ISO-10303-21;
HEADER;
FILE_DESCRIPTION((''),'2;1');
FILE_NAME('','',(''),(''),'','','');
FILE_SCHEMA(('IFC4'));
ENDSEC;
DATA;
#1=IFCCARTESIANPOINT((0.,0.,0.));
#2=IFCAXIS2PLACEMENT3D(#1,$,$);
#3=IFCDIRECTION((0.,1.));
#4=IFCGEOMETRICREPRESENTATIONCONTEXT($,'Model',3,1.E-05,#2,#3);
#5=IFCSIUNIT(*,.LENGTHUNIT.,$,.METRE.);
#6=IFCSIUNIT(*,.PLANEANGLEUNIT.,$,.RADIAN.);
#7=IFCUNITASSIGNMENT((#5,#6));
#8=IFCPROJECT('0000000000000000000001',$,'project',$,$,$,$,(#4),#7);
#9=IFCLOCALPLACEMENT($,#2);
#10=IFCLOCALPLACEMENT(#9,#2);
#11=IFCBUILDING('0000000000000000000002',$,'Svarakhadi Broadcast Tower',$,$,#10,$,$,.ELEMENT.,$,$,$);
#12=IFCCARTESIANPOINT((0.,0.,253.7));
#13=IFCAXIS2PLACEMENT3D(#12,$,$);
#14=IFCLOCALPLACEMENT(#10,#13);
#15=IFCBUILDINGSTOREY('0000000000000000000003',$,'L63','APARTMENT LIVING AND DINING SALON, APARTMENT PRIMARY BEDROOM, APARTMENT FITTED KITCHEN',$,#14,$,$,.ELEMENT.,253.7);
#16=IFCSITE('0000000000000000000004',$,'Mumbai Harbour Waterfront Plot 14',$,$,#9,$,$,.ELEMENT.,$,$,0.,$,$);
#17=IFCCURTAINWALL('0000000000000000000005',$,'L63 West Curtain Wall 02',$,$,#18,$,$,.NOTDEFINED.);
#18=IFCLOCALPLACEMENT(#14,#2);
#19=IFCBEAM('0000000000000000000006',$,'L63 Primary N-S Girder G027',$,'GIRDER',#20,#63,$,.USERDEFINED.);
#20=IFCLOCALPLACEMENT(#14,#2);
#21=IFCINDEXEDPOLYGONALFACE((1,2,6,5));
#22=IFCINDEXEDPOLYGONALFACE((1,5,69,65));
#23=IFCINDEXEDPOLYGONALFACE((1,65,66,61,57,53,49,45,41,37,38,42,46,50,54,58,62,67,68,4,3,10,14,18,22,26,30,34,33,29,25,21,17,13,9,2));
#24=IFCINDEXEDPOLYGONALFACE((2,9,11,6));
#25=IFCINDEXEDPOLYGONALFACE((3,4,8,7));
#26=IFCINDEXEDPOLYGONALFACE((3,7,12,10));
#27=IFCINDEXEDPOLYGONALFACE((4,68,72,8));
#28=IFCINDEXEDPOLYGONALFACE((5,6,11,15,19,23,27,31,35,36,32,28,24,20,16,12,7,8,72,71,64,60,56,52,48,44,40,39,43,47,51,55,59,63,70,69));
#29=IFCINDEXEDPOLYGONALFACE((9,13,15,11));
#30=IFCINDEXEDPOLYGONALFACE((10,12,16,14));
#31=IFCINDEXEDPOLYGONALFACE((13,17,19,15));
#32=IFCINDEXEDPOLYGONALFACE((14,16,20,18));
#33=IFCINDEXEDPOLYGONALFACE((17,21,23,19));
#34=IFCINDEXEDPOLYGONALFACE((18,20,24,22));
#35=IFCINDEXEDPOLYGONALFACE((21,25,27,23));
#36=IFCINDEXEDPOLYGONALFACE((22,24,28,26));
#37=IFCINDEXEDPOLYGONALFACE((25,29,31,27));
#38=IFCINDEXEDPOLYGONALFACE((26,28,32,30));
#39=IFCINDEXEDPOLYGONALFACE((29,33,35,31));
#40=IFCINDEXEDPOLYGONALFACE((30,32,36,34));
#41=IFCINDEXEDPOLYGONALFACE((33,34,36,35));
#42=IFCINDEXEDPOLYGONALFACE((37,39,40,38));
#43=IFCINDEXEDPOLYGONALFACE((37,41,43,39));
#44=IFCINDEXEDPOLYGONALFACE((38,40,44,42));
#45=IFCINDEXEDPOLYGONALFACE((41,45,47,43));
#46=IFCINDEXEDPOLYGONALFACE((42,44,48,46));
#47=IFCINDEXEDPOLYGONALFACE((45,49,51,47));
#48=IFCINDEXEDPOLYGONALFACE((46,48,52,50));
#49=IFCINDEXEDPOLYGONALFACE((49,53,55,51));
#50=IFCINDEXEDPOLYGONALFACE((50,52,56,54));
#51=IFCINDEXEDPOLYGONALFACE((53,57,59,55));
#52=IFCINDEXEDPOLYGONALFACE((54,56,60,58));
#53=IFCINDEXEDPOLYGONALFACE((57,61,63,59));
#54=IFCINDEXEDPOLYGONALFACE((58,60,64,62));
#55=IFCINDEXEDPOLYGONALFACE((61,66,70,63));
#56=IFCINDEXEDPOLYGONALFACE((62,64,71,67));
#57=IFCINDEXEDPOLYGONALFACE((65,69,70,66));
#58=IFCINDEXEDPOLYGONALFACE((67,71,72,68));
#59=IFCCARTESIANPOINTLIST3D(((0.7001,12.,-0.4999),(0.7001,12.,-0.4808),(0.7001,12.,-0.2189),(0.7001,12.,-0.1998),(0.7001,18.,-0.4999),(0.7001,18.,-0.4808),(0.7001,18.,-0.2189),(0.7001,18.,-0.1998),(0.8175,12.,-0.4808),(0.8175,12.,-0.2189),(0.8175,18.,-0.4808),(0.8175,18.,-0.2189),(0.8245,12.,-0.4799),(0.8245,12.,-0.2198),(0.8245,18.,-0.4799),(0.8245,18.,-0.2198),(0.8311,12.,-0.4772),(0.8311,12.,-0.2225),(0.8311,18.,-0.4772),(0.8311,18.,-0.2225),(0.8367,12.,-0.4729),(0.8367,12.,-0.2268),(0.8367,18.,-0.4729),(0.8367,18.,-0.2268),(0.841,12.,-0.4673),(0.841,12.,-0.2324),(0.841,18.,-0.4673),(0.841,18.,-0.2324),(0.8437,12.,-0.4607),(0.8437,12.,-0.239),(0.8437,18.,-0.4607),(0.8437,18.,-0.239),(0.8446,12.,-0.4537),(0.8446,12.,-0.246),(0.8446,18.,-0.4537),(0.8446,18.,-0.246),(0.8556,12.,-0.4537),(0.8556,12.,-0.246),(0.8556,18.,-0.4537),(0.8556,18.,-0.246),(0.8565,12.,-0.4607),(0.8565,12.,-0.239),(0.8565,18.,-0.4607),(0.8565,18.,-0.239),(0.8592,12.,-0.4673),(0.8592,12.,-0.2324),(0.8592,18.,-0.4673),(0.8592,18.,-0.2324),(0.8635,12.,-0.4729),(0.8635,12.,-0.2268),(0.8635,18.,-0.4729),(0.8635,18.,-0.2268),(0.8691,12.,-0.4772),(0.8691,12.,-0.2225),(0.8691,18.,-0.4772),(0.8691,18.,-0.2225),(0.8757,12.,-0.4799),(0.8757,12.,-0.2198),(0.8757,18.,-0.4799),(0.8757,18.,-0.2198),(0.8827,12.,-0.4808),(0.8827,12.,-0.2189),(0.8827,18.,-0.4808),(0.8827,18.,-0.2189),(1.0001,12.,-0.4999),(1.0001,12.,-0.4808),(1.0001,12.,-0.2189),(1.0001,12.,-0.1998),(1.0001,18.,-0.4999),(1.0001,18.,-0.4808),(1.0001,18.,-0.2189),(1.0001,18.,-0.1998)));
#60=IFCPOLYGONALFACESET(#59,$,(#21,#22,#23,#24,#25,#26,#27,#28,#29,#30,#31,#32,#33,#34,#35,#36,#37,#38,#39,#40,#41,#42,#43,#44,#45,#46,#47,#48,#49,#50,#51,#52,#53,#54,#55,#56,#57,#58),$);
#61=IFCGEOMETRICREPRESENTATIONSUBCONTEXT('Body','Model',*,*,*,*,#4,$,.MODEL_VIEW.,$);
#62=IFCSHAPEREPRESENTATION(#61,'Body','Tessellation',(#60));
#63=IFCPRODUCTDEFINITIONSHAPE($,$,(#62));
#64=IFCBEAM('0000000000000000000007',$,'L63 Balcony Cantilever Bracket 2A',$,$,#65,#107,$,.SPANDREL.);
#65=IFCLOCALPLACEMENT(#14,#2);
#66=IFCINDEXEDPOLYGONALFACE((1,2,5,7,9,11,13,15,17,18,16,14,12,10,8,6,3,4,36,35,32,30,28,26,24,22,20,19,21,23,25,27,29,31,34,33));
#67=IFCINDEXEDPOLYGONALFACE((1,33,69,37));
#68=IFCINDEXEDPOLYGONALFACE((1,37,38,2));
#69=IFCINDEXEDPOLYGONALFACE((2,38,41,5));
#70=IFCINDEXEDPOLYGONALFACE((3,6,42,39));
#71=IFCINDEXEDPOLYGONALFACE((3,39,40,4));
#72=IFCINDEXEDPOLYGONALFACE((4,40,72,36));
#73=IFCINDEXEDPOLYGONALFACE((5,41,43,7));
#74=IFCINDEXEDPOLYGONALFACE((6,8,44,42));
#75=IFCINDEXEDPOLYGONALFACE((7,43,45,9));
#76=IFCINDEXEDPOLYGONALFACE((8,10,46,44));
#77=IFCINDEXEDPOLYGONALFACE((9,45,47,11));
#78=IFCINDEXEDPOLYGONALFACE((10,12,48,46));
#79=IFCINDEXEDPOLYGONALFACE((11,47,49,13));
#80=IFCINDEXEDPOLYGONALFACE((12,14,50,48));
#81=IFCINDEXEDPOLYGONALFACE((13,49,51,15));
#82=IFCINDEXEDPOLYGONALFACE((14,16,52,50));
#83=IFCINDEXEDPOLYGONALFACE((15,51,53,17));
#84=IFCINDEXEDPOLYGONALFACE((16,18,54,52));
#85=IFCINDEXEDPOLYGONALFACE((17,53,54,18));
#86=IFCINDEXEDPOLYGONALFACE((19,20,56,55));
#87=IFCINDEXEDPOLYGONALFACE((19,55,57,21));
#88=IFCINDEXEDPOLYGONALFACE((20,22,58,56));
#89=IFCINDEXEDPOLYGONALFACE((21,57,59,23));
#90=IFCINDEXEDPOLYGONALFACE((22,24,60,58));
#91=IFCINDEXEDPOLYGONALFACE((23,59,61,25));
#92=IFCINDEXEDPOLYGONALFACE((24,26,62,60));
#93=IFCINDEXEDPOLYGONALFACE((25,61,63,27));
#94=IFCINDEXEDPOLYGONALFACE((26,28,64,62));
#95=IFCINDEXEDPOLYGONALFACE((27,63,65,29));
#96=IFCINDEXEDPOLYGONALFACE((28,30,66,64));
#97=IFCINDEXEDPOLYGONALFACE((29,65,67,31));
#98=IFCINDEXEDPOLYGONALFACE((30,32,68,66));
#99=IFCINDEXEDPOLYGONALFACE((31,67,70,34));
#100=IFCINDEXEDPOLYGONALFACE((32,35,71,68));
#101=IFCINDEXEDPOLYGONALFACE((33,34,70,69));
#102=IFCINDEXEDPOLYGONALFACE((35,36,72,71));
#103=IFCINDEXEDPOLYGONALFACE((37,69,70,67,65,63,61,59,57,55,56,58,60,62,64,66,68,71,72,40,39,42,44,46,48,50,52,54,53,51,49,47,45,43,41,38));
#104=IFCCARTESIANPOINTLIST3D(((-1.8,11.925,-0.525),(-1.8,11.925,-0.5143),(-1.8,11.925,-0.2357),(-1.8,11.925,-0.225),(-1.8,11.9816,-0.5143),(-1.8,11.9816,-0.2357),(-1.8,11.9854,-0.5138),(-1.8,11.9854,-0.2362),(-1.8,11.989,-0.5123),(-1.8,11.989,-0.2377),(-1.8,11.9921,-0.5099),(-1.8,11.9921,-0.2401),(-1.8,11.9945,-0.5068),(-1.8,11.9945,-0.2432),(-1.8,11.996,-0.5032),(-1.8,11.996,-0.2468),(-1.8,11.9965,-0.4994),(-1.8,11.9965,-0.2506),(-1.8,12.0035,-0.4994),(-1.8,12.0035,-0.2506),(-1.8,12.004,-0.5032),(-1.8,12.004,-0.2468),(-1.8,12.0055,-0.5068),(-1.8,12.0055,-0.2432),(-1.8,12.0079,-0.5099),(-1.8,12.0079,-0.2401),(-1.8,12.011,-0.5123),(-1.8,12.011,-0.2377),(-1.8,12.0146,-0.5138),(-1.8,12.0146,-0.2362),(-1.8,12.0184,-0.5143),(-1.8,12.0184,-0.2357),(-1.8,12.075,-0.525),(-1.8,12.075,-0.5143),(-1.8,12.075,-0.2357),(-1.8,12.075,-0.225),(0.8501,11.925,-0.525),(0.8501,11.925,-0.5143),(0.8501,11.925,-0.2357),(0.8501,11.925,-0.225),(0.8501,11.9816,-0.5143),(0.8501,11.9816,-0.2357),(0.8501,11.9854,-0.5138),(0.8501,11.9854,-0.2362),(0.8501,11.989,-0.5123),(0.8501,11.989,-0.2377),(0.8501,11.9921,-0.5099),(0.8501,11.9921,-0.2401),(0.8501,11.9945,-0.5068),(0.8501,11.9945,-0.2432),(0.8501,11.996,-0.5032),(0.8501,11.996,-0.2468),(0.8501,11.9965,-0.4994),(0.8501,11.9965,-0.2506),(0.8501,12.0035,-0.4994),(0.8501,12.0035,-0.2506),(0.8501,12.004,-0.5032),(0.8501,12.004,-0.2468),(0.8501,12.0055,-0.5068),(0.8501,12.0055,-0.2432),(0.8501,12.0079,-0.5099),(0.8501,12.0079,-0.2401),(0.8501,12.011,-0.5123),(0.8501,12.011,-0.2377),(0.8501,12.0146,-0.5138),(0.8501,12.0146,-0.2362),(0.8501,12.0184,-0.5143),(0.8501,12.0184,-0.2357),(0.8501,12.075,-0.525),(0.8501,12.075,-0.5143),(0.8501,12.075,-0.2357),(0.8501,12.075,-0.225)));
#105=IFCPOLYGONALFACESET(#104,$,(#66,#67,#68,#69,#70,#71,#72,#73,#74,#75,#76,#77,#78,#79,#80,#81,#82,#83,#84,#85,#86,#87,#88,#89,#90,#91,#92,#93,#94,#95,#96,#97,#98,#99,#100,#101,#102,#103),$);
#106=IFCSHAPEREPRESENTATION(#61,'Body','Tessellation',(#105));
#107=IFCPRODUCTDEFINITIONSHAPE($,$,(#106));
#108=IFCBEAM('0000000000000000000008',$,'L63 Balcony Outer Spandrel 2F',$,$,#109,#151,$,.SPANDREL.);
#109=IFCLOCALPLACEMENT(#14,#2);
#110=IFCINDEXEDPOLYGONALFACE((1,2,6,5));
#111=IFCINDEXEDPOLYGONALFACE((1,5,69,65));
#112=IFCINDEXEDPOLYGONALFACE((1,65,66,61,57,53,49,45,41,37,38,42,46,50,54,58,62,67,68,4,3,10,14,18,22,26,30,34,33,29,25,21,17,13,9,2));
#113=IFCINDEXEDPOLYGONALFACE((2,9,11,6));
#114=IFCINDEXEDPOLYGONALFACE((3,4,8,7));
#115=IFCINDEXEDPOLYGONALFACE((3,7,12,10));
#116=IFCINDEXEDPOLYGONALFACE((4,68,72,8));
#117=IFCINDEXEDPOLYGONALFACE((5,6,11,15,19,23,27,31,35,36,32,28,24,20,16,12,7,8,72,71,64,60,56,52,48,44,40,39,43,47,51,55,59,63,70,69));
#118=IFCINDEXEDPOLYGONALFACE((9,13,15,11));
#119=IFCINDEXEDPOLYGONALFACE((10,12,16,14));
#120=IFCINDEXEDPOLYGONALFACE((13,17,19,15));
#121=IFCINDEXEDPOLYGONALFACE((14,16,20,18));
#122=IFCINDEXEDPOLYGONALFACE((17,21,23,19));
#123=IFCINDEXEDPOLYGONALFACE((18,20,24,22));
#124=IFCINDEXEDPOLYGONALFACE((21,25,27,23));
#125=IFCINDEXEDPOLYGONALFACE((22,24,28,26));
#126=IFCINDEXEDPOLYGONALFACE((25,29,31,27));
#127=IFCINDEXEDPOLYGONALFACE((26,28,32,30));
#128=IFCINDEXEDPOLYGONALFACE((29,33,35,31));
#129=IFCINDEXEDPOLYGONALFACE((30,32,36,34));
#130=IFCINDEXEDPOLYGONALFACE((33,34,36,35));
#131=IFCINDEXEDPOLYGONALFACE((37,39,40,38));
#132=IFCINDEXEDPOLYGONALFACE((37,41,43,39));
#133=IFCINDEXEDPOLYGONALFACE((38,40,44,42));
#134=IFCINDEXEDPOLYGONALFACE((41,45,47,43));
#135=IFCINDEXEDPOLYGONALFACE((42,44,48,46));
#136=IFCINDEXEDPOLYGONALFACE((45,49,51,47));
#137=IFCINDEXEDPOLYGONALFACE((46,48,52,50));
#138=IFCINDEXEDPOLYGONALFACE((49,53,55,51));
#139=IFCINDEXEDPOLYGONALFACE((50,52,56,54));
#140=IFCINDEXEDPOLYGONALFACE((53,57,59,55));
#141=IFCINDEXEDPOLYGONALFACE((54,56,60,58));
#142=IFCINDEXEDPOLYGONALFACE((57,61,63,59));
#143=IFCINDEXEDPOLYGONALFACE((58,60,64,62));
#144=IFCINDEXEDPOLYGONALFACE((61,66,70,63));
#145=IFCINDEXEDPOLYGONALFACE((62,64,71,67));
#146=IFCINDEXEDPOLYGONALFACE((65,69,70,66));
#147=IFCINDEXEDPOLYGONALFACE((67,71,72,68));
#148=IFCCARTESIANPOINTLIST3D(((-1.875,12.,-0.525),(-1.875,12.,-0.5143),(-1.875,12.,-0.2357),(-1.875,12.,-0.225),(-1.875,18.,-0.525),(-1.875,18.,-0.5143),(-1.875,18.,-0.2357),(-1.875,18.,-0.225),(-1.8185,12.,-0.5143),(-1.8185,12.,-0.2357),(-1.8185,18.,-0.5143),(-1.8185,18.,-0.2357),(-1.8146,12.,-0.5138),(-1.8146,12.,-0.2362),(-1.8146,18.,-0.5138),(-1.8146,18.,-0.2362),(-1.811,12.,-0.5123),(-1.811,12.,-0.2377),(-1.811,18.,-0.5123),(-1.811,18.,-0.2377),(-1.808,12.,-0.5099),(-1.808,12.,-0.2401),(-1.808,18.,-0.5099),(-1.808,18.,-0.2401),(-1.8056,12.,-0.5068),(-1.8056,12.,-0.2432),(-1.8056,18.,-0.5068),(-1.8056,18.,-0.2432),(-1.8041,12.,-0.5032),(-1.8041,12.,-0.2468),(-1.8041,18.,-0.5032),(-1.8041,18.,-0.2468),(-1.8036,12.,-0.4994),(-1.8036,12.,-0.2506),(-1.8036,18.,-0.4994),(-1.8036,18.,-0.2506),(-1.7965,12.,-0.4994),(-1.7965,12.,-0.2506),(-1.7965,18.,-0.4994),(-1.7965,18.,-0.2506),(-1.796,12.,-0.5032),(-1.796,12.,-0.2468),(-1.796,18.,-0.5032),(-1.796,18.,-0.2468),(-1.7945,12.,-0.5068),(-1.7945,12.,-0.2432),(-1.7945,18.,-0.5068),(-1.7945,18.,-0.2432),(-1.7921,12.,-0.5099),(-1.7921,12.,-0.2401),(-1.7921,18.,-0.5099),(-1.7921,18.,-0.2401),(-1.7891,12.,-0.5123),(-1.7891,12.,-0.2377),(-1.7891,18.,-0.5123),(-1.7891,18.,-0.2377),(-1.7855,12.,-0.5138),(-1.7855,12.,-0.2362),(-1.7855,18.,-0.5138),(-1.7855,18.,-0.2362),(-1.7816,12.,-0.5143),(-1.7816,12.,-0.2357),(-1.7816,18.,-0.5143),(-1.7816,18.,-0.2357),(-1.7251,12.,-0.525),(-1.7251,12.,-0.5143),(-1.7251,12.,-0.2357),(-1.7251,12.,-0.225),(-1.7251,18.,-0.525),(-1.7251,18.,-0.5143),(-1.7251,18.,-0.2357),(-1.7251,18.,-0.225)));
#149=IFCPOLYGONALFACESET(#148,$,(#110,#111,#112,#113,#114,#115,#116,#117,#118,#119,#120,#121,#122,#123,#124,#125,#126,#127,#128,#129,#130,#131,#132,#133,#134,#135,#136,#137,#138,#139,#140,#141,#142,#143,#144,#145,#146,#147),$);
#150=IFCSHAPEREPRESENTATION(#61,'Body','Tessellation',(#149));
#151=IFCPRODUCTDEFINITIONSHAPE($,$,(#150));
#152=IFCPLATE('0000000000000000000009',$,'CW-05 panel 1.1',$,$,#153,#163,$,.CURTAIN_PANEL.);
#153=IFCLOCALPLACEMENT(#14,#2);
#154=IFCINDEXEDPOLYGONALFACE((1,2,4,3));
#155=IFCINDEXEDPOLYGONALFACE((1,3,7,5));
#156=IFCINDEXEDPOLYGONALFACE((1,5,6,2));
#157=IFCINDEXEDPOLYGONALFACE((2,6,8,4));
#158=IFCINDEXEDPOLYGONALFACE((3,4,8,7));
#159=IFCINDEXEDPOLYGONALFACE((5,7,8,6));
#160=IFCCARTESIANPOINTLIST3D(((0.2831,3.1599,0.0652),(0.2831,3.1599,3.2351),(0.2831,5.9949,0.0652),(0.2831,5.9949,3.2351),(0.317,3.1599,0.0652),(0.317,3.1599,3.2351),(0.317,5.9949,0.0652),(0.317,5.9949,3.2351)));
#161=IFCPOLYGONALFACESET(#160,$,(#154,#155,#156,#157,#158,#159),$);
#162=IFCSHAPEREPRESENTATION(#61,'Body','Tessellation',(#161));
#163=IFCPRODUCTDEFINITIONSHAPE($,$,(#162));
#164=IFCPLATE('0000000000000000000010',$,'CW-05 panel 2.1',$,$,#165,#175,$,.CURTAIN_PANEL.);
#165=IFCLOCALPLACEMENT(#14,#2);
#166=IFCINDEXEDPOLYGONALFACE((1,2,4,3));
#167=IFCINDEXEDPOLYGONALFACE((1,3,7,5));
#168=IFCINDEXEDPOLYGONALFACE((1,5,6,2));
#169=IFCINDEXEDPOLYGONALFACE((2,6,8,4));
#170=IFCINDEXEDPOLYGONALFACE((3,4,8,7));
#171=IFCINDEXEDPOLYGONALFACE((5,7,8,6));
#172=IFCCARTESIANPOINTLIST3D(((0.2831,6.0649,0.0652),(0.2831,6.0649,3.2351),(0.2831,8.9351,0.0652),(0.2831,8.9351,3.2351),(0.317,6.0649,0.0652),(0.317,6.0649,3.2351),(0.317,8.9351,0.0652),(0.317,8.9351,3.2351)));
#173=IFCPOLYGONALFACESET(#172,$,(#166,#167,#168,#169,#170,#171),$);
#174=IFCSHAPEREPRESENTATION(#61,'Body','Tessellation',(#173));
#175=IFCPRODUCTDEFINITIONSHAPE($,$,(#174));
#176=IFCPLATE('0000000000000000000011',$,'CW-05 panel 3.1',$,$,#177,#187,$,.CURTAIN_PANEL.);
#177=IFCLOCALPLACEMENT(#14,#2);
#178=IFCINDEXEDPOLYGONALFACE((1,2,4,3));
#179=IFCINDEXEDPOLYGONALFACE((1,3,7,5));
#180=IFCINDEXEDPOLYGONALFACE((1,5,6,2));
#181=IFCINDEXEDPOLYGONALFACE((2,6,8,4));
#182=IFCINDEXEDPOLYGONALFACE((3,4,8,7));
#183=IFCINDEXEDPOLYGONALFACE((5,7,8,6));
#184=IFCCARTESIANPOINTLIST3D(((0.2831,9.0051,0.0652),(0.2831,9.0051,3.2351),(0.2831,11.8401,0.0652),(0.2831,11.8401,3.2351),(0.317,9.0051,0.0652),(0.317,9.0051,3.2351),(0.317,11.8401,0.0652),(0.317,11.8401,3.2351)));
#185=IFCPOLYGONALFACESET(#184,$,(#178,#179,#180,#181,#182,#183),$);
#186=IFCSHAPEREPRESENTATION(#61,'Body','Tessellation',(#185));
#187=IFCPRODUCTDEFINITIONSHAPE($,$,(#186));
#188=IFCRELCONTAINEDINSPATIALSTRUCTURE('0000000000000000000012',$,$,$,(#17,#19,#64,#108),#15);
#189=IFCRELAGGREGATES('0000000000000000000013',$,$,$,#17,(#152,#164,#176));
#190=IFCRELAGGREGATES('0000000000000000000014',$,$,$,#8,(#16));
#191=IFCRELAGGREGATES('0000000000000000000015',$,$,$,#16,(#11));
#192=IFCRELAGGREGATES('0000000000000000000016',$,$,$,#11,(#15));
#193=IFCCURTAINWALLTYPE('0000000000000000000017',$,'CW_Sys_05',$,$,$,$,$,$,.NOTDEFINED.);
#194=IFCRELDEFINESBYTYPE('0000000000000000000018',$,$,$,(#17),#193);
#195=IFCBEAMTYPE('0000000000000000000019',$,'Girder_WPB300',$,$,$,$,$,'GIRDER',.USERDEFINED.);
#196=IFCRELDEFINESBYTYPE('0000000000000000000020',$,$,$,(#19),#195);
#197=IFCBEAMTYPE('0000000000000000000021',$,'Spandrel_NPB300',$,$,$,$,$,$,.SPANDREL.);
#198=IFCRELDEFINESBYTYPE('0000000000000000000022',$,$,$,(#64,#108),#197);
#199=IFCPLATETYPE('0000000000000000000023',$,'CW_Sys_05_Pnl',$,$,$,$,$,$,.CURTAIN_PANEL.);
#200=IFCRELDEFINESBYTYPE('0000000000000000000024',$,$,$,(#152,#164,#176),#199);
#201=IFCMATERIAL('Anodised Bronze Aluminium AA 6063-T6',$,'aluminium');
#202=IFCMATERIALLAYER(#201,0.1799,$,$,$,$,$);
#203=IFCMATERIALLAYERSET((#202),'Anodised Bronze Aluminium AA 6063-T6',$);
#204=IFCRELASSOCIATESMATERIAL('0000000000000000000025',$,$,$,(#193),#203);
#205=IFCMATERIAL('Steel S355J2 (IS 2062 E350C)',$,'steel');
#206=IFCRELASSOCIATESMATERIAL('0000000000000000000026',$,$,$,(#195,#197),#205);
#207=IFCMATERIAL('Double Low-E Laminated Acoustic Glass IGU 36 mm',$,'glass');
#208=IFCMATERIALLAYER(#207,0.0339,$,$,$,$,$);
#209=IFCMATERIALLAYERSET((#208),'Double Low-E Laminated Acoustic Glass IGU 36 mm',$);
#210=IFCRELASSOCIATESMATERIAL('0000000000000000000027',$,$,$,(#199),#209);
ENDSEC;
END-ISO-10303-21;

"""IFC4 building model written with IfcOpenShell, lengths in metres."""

from ifc_helpers import new_model, si_unit, direction, frame, origin, origin_2d, place, context, subcontext, project, spatial, rectangle, i_section, extrude, material, layer, layer_set, material_profile, profile_set, type_object, element, aggregate, save


model = new_model("IFC4")

# Units and contexts
model_context = context("Model", 3, precision=1e-05, world=origin(), true_north=direction((0.0, 1.0)))
body_context = subcontext(model_context, "Body", "Model", "MODEL_VIEW")
ifc_project = project(units=[si_unit("LENGTHUNIT", "METRE"), si_unit("PLANEANGLEUNIT", "RADIAN")], contexts=[model_context])

# Site, building, storey
site_placement = place(None, origin())
site = spatial("IfcSite", under=ifc_project, at=site_placement, Name="Mumbai Harbour Waterfront Plot 14", CompositionType="ELEMENT", RefElevation=0.0)
building_placement = place(site_placement, origin())
building = spatial("IfcBuilding", under=site, at=building_placement, Name="Svarakhadi Broadcast Tower", CompositionType="ELEMENT")
storey_placement = place(building_placement, frame((0.0, 0.0, 253.7)))
storey = spatial("IfcBuildingStorey", under=building, at=storey_placement, Name="L63", Description="APARTMENT LIVING AND DINING SALON, APARTMENT PRIMARY BEDROOM, APARTMENT FITTED KITCHEN", CompositionType="ELEMENT", Elevation=253.7)

# Shared definitions
ifc_material_1 = material(Name="Steel S355J2 (IS 2062 E350C)", Category="steel")

# Curtain wall
ifc_material_2 = material(Name="Anodised Bronze Aluminium AA 6063-T6", Category="aluminium")
ifc_layer_1 = layer(ifc_material_2, 0.1799)
ifc_layer_set_1 = layer_set([ifc_layer_1], Name="Anodised Bronze Aluminium AA 6063-T6")
curtain_wall_type = type_object("IfcCurtainWallType", Name="CW_Sys_05", PredefinedType="NOTDEFINED", material=ifc_layer_set_1)
curtain_wall_placement = place(storey_placement, origin())
curtain_wall = element("IfcCurtainWall", 1, at=curtain_wall_placement, inside=storey, type_object=curtain_wall_type, Name="L63 West Curtain Wall 02", PredefinedType="NOTDEFINED")

# Beams
ifc_material_profile_1 = material_profile(ifc_material_1, i_section(OverallWidth=0.3, OverallDepth=0.3, WebThickness=0.011, FlangeThickness=0.019, FilletRadius=0.0271, at=origin_2d()), Name="WPB 300x300x117")
ifc_profile_set_1 = profile_set([ifc_material_profile_1], Name="Steel S355J2 (IS 2062 E350C)")
beam_type_1 = type_object("IfcBeamType", Name="Girder_WPB300", ElementType="GIRDER", PredefinedType="USERDEFINED", material=ifc_profile_set_1)
for number, where, z_axis, x_axis, name in (
    (2, (0.8501, 12.0, -0.3499), (0.0, 1.0, 0.0), (-1.0, 0.0, 0.0), "L63 Primary N-S Girder G027"),
):
    element("IfcBeam", number, at=place(storey_placement, frame(where, z_axis=z_axis, x_axis=x_axis)), inside=storey, type_object=beam_type_1, Name=name, ObjectType="GIRDER", PredefinedType="USERDEFINED", context=body_context, shape_type="SweptSolid", body=[
        extrude(i_section(OverallWidth=0.3, OverallDepth=0.3, WebThickness=0.011, FlangeThickness=0.019, FilletRadius=0.0271, at=origin_2d()), origin(), (0.0, 0.0, 1.0), 6.0),
    ])
ifc_material_profile_2 = material_profile(ifc_material_1, i_section(OverallWidth=0.1499, OverallDepth=0.3, WebThickness=0.0071, FlangeThickness=0.0107, FilletRadius=0.0149, at=origin_2d()), Name="NPB 300x150x37")
ifc_profile_set_2 = profile_set([ifc_material_profile_2], Name="Steel S355J2 (IS 2062 E350C)")
beam_type_2 = type_object("IfcBeamType", Name="Spandrel_NPB300", PredefinedType="SPANDREL", material=ifc_profile_set_2)
beam_1_placement = place(storey_placement, frame((0.8501, 12.0, -0.375), z_axis=(-1.0, 0.0, 0.0), x_axis=(0.0, -1.0, 0.0)))
element("IfcBeam", 3, at=beam_1_placement, inside=storey, type_object=beam_type_2, Name="L63 Balcony Cantilever Bracket 2A", PredefinedType="SPANDREL", context=body_context, shape_type="SweptSolid", body=[
    extrude(i_section(OverallWidth=0.1499, OverallDepth=0.3, WebThickness=0.0071, FlangeThickness=0.0107, FilletRadius=0.0149, at=origin_2d()), origin(), (0.0, 0.0, 1.0), 2.6501),
])
beam_2_placement = place(storey_placement, frame((-1.8, 12.0, -0.375), z_axis=(0.0, 1.0, 0.0), x_axis=(-1.0, 0.0, 0.0)))
element("IfcBeam", 4, at=beam_2_placement, inside=storey, type_object=beam_type_2, Name="L63 Balcony Outer Spandrel 2F", PredefinedType="SPANDREL", context=body_context, shape_type="SweptSolid", body=[
    extrude(i_section(OverallWidth=0.1499, OverallDepth=0.3, WebThickness=0.0071, FlangeThickness=0.0107, FilletRadius=0.0149, at=origin_2d()), origin(), (0.0, 0.0, 1.0), 6.0),
])

# Plates
ifc_material_3 = material(Name="Double Low-E Laminated Acoustic Glass IGU 36 mm", Category="glass")
ifc_layer_2 = layer(ifc_material_3, 0.0339)
ifc_layer_set_2 = layer_set([ifc_layer_2], Name="Double Low-E Laminated Acoustic Glass IGU 36 mm")
plate_type = type_object("IfcPlateType", Name="CW_Sys_05_Pnl", PredefinedType="CURTAIN_PANEL", material=ifc_layer_set_2)
plate_1_placement = place(storey_placement, frame((0.3, 4.5774, 0.0652), z_axis=(0.0, 0.0, 1.0), x_axis=(0.0, 1.0, 0.0)))
plate_1 = element("IfcPlate", 5, at=plate_1_placement, type_object=plate_type, Name="CW-05 panel 1.1", PredefinedType="CURTAIN_PANEL", context=body_context, shape_type="SweptSolid", body=[
    extrude(rectangle(XDim=2.835, YDim=0.0339, at=origin_2d()), origin(), (0.0, 0.0, 1.0), 3.1699),
])
plate_2_placement = place(storey_placement, frame((0.3, 7.5, 0.0652), z_axis=(0.0, 0.0, 1.0), x_axis=(0.0, 1.0, 0.0)))
plate_2 = element("IfcPlate", 6, at=plate_2_placement, type_object=plate_type, Name="CW-05 panel 2.1", PredefinedType="CURTAIN_PANEL", context=body_context, shape_type="SweptSolid", body=[
    extrude(rectangle(XDim=2.8701, YDim=0.0339, at=origin_2d()), origin(), (0.0, 0.0, 1.0), 3.1699),
])
plate_3_placement = place(storey_placement, frame((0.3, 10.4226, 0.0652), z_axis=(0.0, 0.0, 1.0), x_axis=(0.0, 1.0, 0.0)))
plate_3 = element("IfcPlate", 7, at=plate_3_placement, type_object=plate_type, Name="CW-05 panel 3.1", PredefinedType="CURTAIN_PANEL", context=body_context, shape_type="SweptSolid", body=[
    extrude(rectangle(XDim=2.835, YDim=0.0339, at=origin_2d()), origin(), (0.0, 0.0, 1.0), 3.1699),
])
aggregate(curtain_wall, [plate_1, plate_2, plate_3])

save(model, "model.ifc")
